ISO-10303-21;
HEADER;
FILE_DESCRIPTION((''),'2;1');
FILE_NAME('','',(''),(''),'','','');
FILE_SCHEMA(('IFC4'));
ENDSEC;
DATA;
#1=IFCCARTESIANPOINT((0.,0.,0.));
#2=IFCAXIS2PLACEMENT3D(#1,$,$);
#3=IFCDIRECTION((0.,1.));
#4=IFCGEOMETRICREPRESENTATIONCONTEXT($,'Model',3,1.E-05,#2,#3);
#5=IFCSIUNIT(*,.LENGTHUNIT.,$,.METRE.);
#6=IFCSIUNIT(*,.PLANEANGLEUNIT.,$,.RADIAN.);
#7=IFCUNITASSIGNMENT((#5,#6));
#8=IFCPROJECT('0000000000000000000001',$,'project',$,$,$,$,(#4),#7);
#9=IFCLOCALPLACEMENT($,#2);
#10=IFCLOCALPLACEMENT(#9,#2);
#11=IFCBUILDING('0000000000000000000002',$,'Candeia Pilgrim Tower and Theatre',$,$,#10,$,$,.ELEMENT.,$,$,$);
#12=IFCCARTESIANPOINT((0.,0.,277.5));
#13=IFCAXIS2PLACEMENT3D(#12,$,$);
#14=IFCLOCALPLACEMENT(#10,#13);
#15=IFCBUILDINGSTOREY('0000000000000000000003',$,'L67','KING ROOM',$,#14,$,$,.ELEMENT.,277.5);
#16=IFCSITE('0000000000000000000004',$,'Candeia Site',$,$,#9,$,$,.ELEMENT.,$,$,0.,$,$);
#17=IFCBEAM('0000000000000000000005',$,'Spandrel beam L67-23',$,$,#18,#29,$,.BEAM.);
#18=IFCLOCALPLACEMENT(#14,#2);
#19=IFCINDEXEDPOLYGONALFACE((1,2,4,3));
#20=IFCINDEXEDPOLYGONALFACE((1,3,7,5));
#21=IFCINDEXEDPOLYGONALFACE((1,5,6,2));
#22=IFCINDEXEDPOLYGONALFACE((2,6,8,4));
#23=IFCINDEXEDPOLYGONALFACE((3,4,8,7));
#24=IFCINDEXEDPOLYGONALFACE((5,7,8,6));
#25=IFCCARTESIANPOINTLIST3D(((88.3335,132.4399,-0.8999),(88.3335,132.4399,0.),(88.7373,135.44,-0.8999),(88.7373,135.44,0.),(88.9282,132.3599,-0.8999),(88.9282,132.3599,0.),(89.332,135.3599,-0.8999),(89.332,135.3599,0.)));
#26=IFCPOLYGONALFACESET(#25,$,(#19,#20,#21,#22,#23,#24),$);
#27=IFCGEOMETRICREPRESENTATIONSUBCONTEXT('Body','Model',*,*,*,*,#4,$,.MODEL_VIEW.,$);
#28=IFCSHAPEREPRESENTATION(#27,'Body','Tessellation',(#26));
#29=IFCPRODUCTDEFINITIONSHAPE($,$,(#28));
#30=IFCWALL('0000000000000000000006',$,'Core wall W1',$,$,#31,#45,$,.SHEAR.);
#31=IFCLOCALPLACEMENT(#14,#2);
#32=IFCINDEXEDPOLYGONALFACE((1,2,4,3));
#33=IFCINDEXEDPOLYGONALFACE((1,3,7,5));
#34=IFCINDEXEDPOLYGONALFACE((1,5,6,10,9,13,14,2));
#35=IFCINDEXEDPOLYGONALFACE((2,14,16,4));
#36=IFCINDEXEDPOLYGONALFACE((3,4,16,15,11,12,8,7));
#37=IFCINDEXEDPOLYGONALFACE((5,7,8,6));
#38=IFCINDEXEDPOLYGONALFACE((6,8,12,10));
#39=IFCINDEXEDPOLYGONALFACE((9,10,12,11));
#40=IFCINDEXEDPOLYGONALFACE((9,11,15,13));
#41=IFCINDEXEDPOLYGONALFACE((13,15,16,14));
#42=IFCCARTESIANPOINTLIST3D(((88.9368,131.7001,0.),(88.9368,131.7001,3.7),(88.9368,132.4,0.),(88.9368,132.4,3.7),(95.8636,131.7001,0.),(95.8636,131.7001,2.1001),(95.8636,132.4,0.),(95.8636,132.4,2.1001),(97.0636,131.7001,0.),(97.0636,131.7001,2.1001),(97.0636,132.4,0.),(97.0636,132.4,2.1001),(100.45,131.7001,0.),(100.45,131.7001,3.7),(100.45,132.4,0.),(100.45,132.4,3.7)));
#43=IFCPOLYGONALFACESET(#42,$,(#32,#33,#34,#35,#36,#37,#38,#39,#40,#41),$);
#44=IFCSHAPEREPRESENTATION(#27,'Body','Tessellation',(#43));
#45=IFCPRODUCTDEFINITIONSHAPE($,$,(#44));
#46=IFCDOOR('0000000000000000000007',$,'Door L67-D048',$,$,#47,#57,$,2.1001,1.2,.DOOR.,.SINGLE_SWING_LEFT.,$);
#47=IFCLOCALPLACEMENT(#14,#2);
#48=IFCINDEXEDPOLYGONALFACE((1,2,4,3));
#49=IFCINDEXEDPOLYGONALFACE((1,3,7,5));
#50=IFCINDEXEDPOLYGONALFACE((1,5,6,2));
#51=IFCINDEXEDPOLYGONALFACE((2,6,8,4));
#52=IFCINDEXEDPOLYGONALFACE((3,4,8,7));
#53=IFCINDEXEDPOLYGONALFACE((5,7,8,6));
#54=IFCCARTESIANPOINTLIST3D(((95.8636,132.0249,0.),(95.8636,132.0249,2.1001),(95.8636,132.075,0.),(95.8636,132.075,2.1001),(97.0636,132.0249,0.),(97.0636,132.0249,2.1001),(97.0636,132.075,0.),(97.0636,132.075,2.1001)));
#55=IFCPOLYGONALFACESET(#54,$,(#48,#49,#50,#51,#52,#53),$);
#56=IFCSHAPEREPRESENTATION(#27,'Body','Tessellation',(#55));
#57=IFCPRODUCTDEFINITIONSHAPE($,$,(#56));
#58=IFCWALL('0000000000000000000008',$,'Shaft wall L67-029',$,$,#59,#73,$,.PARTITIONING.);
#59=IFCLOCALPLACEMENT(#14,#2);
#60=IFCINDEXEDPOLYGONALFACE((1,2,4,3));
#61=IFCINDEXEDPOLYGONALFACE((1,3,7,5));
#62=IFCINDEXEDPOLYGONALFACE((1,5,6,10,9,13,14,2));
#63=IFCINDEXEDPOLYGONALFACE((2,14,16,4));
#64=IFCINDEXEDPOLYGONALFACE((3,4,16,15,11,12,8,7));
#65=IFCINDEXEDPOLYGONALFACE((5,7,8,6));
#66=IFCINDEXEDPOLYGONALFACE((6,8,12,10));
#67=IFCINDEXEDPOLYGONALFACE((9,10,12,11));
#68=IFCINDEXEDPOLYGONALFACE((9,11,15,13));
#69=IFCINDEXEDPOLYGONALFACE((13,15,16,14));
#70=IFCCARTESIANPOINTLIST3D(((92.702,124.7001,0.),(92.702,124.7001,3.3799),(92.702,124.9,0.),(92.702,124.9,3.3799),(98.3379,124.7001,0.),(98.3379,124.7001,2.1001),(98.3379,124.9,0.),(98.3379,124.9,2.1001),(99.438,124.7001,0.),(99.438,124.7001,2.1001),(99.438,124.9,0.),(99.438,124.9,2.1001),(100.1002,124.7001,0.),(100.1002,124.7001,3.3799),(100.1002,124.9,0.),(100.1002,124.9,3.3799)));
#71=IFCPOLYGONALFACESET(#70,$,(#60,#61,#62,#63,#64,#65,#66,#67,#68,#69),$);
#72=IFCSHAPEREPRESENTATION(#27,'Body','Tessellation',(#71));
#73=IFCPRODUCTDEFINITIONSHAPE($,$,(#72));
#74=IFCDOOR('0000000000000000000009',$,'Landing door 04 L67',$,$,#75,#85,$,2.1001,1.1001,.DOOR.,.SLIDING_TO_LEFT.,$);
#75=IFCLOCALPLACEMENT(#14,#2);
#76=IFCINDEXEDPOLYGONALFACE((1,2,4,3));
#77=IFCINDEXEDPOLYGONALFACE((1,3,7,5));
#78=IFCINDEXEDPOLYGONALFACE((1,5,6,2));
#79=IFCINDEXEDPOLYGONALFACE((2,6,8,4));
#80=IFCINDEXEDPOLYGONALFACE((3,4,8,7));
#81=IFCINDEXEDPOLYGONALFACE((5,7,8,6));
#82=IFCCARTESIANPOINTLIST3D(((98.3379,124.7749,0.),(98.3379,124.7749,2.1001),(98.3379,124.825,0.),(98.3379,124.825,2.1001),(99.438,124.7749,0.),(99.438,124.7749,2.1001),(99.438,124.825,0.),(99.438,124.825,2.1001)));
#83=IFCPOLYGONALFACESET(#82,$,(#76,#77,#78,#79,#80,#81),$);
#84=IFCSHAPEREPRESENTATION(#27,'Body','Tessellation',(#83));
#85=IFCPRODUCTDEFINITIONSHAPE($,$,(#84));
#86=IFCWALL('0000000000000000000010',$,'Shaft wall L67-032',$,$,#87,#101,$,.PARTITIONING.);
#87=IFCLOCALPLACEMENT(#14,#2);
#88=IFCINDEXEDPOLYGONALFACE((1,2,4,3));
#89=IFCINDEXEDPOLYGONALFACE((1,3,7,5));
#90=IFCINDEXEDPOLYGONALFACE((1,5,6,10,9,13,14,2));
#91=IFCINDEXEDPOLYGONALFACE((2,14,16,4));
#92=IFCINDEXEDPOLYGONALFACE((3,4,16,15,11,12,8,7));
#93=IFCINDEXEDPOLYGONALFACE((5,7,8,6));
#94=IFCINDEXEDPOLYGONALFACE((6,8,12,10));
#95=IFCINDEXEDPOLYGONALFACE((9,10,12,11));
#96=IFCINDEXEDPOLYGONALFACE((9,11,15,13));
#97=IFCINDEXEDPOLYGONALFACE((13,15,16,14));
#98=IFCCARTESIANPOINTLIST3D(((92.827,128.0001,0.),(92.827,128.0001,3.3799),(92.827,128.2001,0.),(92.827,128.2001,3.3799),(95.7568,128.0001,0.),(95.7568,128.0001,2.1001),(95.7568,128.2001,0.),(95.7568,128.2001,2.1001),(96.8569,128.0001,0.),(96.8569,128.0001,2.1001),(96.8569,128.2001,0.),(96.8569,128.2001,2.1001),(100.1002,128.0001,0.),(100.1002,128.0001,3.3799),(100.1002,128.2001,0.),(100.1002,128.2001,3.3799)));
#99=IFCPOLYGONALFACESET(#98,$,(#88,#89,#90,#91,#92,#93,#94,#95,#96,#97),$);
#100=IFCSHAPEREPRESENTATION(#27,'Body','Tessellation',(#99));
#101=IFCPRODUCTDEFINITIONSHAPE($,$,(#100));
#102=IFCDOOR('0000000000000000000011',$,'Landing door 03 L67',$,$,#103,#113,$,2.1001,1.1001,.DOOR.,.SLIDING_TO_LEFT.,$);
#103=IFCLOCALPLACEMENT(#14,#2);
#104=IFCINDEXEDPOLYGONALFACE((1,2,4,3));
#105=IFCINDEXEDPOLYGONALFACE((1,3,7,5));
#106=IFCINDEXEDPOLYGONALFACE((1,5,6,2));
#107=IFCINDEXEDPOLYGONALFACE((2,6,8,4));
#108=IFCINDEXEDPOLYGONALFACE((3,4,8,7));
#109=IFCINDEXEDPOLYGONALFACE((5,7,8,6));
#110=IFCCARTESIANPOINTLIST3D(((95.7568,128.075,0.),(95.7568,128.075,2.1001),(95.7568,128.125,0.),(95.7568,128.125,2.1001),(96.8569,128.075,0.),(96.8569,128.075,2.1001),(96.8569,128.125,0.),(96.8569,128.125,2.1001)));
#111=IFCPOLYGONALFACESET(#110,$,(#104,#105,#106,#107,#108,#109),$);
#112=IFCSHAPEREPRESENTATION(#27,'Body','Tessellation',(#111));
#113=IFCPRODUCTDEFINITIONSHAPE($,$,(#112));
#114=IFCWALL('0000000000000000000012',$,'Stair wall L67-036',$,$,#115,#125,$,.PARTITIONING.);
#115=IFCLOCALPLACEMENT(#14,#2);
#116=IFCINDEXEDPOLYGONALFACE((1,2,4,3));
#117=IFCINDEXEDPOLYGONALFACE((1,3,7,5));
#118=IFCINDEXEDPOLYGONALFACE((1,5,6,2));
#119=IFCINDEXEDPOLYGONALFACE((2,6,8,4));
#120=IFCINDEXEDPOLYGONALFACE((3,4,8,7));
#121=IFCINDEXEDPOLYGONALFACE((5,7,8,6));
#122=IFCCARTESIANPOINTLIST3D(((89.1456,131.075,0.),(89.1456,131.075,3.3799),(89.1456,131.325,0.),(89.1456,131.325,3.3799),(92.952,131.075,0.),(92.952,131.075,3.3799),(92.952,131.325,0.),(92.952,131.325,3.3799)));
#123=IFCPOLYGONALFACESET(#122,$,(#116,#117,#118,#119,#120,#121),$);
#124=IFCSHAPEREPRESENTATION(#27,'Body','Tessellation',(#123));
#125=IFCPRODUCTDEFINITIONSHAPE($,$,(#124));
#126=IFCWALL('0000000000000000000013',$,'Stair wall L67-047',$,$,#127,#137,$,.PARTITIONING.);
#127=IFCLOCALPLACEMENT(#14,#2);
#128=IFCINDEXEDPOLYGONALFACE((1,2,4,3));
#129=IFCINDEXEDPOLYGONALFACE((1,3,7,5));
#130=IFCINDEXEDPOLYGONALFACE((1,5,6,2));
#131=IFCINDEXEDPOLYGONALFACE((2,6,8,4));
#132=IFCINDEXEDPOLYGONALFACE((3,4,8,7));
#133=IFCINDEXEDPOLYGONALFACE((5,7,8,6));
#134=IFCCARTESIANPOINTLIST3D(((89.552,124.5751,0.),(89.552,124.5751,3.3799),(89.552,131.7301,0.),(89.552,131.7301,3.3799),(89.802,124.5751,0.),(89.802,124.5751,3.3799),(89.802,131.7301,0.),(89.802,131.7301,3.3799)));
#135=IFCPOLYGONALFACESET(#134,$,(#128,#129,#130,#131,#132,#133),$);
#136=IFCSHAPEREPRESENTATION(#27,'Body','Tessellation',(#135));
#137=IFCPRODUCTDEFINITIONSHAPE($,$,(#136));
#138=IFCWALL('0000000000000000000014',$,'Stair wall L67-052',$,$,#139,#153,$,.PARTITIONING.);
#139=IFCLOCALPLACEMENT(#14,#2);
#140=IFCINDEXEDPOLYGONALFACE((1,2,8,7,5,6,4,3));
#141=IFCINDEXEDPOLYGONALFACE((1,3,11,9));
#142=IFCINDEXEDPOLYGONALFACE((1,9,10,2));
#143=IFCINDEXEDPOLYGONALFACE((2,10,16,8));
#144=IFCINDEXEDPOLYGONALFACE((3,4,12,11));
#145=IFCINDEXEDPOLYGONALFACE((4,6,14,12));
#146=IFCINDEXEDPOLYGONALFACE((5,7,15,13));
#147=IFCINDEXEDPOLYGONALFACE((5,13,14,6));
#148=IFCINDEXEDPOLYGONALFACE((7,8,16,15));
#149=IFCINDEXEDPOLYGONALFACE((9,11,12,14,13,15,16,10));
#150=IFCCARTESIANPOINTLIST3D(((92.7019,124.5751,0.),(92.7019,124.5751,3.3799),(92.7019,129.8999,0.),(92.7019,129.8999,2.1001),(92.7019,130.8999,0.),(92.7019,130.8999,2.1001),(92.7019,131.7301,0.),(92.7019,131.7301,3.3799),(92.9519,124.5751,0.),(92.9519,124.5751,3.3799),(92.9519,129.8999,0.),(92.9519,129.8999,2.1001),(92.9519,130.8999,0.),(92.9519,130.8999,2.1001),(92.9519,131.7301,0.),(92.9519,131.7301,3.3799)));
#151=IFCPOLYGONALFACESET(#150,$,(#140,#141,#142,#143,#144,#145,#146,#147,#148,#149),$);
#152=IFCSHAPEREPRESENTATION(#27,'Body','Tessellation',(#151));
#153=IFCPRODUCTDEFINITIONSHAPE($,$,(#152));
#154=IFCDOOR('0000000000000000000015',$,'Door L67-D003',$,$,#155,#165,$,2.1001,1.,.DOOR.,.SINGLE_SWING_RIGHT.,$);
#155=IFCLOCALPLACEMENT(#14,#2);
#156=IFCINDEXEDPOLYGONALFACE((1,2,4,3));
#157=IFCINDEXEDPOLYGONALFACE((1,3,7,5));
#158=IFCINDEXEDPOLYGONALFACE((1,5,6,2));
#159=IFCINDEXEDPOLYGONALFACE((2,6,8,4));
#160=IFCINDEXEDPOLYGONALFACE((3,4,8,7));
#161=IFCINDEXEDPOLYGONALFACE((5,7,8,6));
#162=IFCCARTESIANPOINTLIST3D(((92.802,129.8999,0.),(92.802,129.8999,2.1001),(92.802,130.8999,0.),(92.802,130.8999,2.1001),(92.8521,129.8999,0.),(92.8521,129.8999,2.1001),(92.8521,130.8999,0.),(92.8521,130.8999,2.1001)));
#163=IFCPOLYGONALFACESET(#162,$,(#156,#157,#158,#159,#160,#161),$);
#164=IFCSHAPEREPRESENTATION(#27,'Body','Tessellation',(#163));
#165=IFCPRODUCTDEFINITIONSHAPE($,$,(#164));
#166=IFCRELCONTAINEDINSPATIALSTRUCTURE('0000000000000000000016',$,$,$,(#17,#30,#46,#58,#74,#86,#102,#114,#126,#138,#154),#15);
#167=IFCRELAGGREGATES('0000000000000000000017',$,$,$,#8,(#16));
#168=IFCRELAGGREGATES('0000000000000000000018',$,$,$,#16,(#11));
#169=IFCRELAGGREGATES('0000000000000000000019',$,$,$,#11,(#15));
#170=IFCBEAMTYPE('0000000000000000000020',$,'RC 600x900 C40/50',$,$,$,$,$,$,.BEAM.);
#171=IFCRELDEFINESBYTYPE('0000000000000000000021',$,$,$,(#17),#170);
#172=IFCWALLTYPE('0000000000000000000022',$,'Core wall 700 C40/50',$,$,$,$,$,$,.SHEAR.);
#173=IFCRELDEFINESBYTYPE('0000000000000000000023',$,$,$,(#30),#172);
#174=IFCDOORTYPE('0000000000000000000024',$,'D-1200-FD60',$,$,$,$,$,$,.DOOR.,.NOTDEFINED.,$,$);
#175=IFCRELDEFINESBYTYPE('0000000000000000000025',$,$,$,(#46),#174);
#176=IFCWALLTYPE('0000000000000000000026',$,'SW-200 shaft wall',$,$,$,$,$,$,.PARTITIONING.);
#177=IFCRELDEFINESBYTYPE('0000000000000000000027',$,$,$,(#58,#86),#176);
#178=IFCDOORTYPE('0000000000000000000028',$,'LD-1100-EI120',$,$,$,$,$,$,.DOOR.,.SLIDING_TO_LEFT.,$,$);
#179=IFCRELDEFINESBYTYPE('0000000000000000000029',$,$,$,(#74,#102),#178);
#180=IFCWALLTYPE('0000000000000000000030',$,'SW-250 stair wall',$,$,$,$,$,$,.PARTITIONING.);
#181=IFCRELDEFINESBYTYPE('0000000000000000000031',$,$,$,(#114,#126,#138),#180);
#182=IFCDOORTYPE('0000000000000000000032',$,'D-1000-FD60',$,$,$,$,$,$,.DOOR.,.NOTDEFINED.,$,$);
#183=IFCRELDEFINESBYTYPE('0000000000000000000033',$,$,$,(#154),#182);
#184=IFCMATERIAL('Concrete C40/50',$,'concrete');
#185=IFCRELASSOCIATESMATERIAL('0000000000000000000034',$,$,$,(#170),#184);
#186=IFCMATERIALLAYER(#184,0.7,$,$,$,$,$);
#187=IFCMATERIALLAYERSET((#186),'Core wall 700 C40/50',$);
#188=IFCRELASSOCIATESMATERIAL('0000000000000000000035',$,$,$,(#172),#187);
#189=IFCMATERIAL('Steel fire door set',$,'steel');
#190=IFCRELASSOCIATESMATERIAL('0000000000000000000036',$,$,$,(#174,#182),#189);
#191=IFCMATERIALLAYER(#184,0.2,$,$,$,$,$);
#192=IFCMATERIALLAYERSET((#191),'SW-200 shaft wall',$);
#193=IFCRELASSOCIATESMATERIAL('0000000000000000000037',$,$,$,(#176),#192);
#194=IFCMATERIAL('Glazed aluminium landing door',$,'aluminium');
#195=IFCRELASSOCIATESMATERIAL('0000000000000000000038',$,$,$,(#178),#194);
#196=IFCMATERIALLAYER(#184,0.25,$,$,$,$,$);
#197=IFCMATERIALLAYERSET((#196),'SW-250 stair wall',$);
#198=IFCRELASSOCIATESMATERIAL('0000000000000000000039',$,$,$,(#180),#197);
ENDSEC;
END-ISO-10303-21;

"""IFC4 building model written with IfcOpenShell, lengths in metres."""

from ifc_helpers import new_model, si_unit, direction, frame, frame_2d, origin, origin_2d, place, context, subcontext, project, spatial, rectangle, extrude, material, layer, layer_set, material_profile, profile_set, type_object, element, fill, save


model = new_model("IFC4")

# Units and contexts
model_context = context("Model", 3, precision=1e-05, world=origin(), true_north=direction((0.0, 1.0)))
body_context = subcontext(model_context, "Body", "Model", "MODEL_VIEW")
ifc_project = project(units=[si_unit("LENGTHUNIT", "METRE"), si_unit("PLANEANGLEUNIT", "RADIAN")], contexts=[model_context])

# Site, building, storey
site_placement = place(None, origin())
site = spatial("IfcSite", under=ifc_project, at=site_placement, Name="Candeia Site", CompositionType="ELEMENT", RefElevation=0.0)
building_placement = place(site_placement, origin())
building = spatial("IfcBuilding", under=site, at=building_placement, Name="Candeia Pilgrim Tower and Theatre", CompositionType="ELEMENT")
storey_placement = place(building_placement, frame((0.0, 0.0, 277.5)))
storey = spatial("IfcBuildingStorey", under=building, at=storey_placement, Name="L67", Description="KING ROOM", CompositionType="ELEMENT", Elevation=277.5)

# Beam
ifc_material_1 = material(Name="Concrete C40/50", Category="concrete")
ifc_material_profile = material_profile(ifc_material_1, rectangle(XDim=0.6001, YDim=0.8999, at=origin_2d()))
ifc_profile_set = profile_set([ifc_material_profile], Name="Concrete C40/50")
beam_type = type_object("IfcBeamType", Name="RC 600x900 C40/50", PredefinedType="BEAM", material=ifc_profile_set)
beam_placement = place(storey_placement, frame((88.6309, 132.3999, -0.45), z_axis=(0.1334, 0.991062, 0.0), x_axis=(-0.991062, 0.1334, 0.0)))
element("IfcBeam", 1, at=beam_placement, inside=storey, type_object=beam_type, Name="Spandrel beam L67-23", PredefinedType="BEAM", context=body_context, shape_type="SweptSolid", body=[
    extrude(rectangle(XDim=0.6001, YDim=0.8999, at=origin_2d()), origin(), (0.0, 0.0, 1.0), 3.0271),
])

# Walls, openings, doors
ifc_layer_1 = layer(ifc_material_1, 0.7)
ifc_layer_set_1 = layer_set([ifc_layer_1], Name="Core wall 700 C40/50")
wall_type_1 = type_object("IfcWallType", Name="Core wall 700 C40/50", PredefinedType="SHEAR", material=ifc_layer_set_1)
wall_1_placement = place(storey_placement, frame((88.9368, 132.05, 0.0), z_axis=(0.0, 0.0, 1.0), x_axis=(1.0, 0.0, 0.0)))
wall_1 = element("IfcWall", 2, at=wall_1_placement, inside=storey, type_object=wall_type_1, Name="Core wall W1", PredefinedType="SHEAR", context=body_context, shape_type="SweptSolid", body=[
    extrude(rectangle(XDim=11.5132, YDim=0.7, at=frame_2d((5.7566, 0.0))), origin(), (0.0, 0.0, 1.0), 3.7),
])
opening_1_placement = place(wall_1_placement, frame((6.9268, 0.0, 0.0)))
opening_1 = element("IfcOpeningElement", 3, at=opening_1_placement, cuts=wall_1, PredefinedType="OPENING", context=body_context, shape_type="SweptSolid", body=[
    extrude(rectangle(XDim=1.2, YDim=2.1001, at=frame_2d((0.6001, 1.05))), frame((0.0, 0.3599, 0.0), z_axis=(0.0, -1.0, 0.0), x_axis=(1.0, 0.0, 0.0)), (0.0, 0.0, 1.0), 0.72),
])
ifc_material_2 = material(Name="Steel fire door set", Category="steel")
door_type_1 = type_object("IfcDoorType", Name="D-1200-FD60", OperationType="NOTDEFINED", PredefinedType="DOOR", material=ifc_material_2)
door_1_placement = place(opening_1_placement, origin())
door_1 = element("IfcDoor", 4, at=door_1_placement, inside=storey, type_object=door_type_1, Name="Door L67-D048", OperationType="SINGLE_SWING_LEFT", OverallHeight=2.1001, OverallWidth=1.2, PredefinedType="DOOR", context=body_context, shape_type="SweptSolid", body=[
    extrude(rectangle(XDim=1.2, YDim=2.1001, at=frame_2d((0.6001, 1.05))), frame((0.0, 0.0249, 0.0), z_axis=(0.0, -1.0, 0.0), x_axis=(1.0, 0.0, 0.0)), (0.0, 0.0, 1.0), 0.05),
])
fill(opening_1, door_1)
ifc_layer_2 = layer(ifc_material_1, 0.2)
ifc_layer_set_2 = layer_set([ifc_layer_2], Name="SW-200 shaft wall")
wall_type_2 = type_object("IfcWallType", Name="SW-200 shaft wall", PredefinedType="PARTITIONING", material=ifc_layer_set_2)
wall_2_placement = place(storey_placement, frame((92.7019, 124.8, 0.0), z_axis=(0.0, 0.0, 1.0), x_axis=(1.0, 0.0, 0.0)))
wall_2 = element("IfcWall", 5, at=wall_2_placement, inside=storey, type_object=wall_type_2, Name="Shaft wall L67-029", PredefinedType="PARTITIONING", context=body_context, shape_type="SweptSolid", body=[
    extrude(rectangle(XDim=7.3982, YDim=0.2, at=frame_2d((3.6992, 0.0))), origin(), (0.0, 0.0, 1.0), 3.3799),
])
opening_2_placement = place(wall_2_placement, frame((5.636, 0.0, 0.0)))
opening_2 = element("IfcOpeningElement", 6, at=opening_2_placement, cuts=wall_2, PredefinedType="OPENING", context=body_context, shape_type="SweptSolid", body=[
    extrude(rectangle(XDim=1.1001, YDim=2.1001, at=frame_2d((0.55, 1.05))), frame((0.0, 0.1099, 0.0), z_axis=(0.0, -1.0, 0.0), x_axis=(1.0, 0.0, 0.0)), (0.0, 0.0, 1.0), 0.22),
])
ifc_material_3 = material(Name="Glazed aluminium landing door", Category="aluminium")
door_type_2 = type_object("IfcDoorType", Name="LD-1100-EI120", OperationType="SLIDING_TO_LEFT", PredefinedType="DOOR", material=ifc_material_3)
door_2_placement = place(opening_2_placement, origin())
door_2 = element("IfcDoor", 7, at=door_2_placement, inside=storey, type_object=door_type_2, Name="Landing door 04 L67", OperationType="SLIDING_TO_LEFT", OverallHeight=2.1001, OverallWidth=1.1001, PredefinedType="DOOR", context=body_context, shape_type="SweptSolid", body=[
    extrude(rectangle(XDim=1.1001, YDim=2.1001, at=frame_2d((0.55, 1.05))), frame((0.0, 0.0249, 0.0), z_axis=(0.0, -1.0, 0.0), x_axis=(1.0, 0.0, 0.0)), (0.0, 0.0, 1.0), 0.05),
])
fill(opening_2, door_2)
wall_3_placement = place(storey_placement, frame((92.8269, 128.1001, 0.0), z_axis=(0.0, 0.0, 1.0), x_axis=(1.0, 0.0, 0.0)))
wall_3 = element("IfcWall", 8, at=wall_3_placement, inside=storey, type_object=wall_type_2, Name="Shaft wall L67-032", PredefinedType="PARTITIONING", context=body_context, shape_type="SweptSolid", body=[
    extrude(rectangle(XDim=7.2732, YDim=0.2, at=frame_2d((3.6367, 0.0))), origin(), (0.0, 0.0, 1.0), 3.3799),
])
opening_3_placement = place(wall_3_placement, frame((2.9299, 0.0, 0.0)))
opening_3 = element("IfcOpeningElement", 9, at=opening_3_placement, cuts=wall_3, PredefinedType="OPENING", context=body_context, shape_type="SweptSolid", body=[
    extrude(rectangle(XDim=1.1001, YDim=2.1001, at=frame_2d((0.55, 1.05))), frame((0.0, 0.1099, 0.0), z_axis=(0.0, -1.0, 0.0), x_axis=(1.0, 0.0, 0.0)), (0.0, 0.0, 1.0), 0.22),
])
door_3_placement = place(opening_3_placement, origin())
door_3 = element("IfcDoor", 10, at=door_3_placement, inside=storey, type_object=door_type_2, Name="Landing door 03 L67", OperationType="SLIDING_TO_LEFT", OverallHeight=2.1001, OverallWidth=1.1001, PredefinedType="DOOR", context=body_context, shape_type="SweptSolid", body=[
    extrude(rectangle(XDim=1.1001, YDim=2.1001, at=frame_2d((0.55, 1.05))), frame((0.0, 0.0249, 0.0), z_axis=(0.0, -1.0, 0.0), x_axis=(1.0, 0.0, 0.0)), (0.0, 0.0, 1.0), 0.05),
])
fill(opening_3, door_3)

# Walls
ifc_layer_3 = layer(ifc_material_1, 0.25)
ifc_layer_set_3 = layer_set([ifc_layer_3], Name="SW-250 stair wall")
wall_type_3 = type_object("IfcWallType", Name="SW-250 stair wall", PredefinedType="PARTITIONING", material=ifc_layer_set_3)
wall_4_placement = place(storey_placement, frame((89.1455, 131.2, 0.0), z_axis=(0.0, 0.0, 1.0), x_axis=(1.0, 0.0, 0.0)))
element("IfcWall", 11, at=wall_4_placement, inside=storey, type_object=wall_type_3, Name="Stair wall L67-036", PredefinedType="PARTITIONING", context=body_context, shape_type="SweptSolid", body=[
    extrude(rectangle(XDim=3.8064, YDim=0.25, at=frame_2d((1.9033, 0.0))), origin(), (0.0, 0.0, 1.0), 3.3799),
])
wall_5_placement = place(storey_placement, frame((89.677, 124.575, 0.0), z_axis=(0.0, 0.0, 1.0), x_axis=(0.0, 1.0, 0.0)))
element("IfcWall", 12, at=wall_5_placement, inside=storey, type_object=wall_type_3, Name="Stair wall L67-047", PredefinedType="PARTITIONING", context=body_context, shape_type="SweptSolid", body=[
    extrude(rectangle(XDim=7.155, YDim=0.25, at=frame_2d((3.5776, 0.0))), origin(), (0.0, 0.0, 1.0), 3.3799),
])

# Wall, opening, door
wall_6_placement = place(storey_placement, frame((92.8269, 124.575, 0.0), z_axis=(0.0, 0.0, 1.0), x_axis=(0.0, 1.0, 0.0)))
wall_6 = element("IfcWall", 13, at=wall_6_placement, inside=storey, type_object=wall_type_3, Name="Stair wall L67-052", PredefinedType="PARTITIONING", context=body_context, shape_type="SweptSolid", body=[
    extrude(rectangle(XDim=7.155, YDim=0.25, at=frame_2d((3.5776, 0.0))), origin(), (0.0, 0.0, 1.0), 3.3799),
])
opening_4_placement = place(wall_6_placement, frame((5.325, 0.0, 0.0)))
opening_4 = element("IfcOpeningElement", 14, at=opening_4_placement, cuts=wall_6, PredefinedType="OPENING", context=body_context, shape_type="SweptSolid", body=[
    extrude(rectangle(XDim=1.0, YDim=2.1001, at=frame_2d((0.5, 1.05))), frame((0.0, 0.135, 0.0), z_axis=(0.0, -1.0, 0.0), x_axis=(1.0, 0.0, 0.0)), (0.0, 0.0, 1.0), 0.27),
])
door_type_3 = type_object("IfcDoorType", Name="D-1000-FD60", OperationType="NOTDEFINED", PredefinedType="DOOR", material=ifc_material_2)
door_4_placement = place(opening_4_placement, origin())
door_4 = element("IfcDoor", 15, at=door_4_placement, inside=storey, type_object=door_type_3, Name="Door L67-D003", OperationType="SINGLE_SWING_RIGHT", OverallHeight=2.1001, OverallWidth=1.0, PredefinedType="DOOR", context=body_context, shape_type="SweptSolid", body=[
    extrude(rectangle(XDim=1.0, YDim=2.1001, at=frame_2d((0.5, 1.05))), frame((0.0, 0.0249, 0.0), z_axis=(0.0, -1.0, 0.0), x_axis=(1.0, 0.0, 0.0)), (0.0, 0.0, 1.0), 0.05),
])
fill(opening_4, door_4)

save(model, "model.ifc")
